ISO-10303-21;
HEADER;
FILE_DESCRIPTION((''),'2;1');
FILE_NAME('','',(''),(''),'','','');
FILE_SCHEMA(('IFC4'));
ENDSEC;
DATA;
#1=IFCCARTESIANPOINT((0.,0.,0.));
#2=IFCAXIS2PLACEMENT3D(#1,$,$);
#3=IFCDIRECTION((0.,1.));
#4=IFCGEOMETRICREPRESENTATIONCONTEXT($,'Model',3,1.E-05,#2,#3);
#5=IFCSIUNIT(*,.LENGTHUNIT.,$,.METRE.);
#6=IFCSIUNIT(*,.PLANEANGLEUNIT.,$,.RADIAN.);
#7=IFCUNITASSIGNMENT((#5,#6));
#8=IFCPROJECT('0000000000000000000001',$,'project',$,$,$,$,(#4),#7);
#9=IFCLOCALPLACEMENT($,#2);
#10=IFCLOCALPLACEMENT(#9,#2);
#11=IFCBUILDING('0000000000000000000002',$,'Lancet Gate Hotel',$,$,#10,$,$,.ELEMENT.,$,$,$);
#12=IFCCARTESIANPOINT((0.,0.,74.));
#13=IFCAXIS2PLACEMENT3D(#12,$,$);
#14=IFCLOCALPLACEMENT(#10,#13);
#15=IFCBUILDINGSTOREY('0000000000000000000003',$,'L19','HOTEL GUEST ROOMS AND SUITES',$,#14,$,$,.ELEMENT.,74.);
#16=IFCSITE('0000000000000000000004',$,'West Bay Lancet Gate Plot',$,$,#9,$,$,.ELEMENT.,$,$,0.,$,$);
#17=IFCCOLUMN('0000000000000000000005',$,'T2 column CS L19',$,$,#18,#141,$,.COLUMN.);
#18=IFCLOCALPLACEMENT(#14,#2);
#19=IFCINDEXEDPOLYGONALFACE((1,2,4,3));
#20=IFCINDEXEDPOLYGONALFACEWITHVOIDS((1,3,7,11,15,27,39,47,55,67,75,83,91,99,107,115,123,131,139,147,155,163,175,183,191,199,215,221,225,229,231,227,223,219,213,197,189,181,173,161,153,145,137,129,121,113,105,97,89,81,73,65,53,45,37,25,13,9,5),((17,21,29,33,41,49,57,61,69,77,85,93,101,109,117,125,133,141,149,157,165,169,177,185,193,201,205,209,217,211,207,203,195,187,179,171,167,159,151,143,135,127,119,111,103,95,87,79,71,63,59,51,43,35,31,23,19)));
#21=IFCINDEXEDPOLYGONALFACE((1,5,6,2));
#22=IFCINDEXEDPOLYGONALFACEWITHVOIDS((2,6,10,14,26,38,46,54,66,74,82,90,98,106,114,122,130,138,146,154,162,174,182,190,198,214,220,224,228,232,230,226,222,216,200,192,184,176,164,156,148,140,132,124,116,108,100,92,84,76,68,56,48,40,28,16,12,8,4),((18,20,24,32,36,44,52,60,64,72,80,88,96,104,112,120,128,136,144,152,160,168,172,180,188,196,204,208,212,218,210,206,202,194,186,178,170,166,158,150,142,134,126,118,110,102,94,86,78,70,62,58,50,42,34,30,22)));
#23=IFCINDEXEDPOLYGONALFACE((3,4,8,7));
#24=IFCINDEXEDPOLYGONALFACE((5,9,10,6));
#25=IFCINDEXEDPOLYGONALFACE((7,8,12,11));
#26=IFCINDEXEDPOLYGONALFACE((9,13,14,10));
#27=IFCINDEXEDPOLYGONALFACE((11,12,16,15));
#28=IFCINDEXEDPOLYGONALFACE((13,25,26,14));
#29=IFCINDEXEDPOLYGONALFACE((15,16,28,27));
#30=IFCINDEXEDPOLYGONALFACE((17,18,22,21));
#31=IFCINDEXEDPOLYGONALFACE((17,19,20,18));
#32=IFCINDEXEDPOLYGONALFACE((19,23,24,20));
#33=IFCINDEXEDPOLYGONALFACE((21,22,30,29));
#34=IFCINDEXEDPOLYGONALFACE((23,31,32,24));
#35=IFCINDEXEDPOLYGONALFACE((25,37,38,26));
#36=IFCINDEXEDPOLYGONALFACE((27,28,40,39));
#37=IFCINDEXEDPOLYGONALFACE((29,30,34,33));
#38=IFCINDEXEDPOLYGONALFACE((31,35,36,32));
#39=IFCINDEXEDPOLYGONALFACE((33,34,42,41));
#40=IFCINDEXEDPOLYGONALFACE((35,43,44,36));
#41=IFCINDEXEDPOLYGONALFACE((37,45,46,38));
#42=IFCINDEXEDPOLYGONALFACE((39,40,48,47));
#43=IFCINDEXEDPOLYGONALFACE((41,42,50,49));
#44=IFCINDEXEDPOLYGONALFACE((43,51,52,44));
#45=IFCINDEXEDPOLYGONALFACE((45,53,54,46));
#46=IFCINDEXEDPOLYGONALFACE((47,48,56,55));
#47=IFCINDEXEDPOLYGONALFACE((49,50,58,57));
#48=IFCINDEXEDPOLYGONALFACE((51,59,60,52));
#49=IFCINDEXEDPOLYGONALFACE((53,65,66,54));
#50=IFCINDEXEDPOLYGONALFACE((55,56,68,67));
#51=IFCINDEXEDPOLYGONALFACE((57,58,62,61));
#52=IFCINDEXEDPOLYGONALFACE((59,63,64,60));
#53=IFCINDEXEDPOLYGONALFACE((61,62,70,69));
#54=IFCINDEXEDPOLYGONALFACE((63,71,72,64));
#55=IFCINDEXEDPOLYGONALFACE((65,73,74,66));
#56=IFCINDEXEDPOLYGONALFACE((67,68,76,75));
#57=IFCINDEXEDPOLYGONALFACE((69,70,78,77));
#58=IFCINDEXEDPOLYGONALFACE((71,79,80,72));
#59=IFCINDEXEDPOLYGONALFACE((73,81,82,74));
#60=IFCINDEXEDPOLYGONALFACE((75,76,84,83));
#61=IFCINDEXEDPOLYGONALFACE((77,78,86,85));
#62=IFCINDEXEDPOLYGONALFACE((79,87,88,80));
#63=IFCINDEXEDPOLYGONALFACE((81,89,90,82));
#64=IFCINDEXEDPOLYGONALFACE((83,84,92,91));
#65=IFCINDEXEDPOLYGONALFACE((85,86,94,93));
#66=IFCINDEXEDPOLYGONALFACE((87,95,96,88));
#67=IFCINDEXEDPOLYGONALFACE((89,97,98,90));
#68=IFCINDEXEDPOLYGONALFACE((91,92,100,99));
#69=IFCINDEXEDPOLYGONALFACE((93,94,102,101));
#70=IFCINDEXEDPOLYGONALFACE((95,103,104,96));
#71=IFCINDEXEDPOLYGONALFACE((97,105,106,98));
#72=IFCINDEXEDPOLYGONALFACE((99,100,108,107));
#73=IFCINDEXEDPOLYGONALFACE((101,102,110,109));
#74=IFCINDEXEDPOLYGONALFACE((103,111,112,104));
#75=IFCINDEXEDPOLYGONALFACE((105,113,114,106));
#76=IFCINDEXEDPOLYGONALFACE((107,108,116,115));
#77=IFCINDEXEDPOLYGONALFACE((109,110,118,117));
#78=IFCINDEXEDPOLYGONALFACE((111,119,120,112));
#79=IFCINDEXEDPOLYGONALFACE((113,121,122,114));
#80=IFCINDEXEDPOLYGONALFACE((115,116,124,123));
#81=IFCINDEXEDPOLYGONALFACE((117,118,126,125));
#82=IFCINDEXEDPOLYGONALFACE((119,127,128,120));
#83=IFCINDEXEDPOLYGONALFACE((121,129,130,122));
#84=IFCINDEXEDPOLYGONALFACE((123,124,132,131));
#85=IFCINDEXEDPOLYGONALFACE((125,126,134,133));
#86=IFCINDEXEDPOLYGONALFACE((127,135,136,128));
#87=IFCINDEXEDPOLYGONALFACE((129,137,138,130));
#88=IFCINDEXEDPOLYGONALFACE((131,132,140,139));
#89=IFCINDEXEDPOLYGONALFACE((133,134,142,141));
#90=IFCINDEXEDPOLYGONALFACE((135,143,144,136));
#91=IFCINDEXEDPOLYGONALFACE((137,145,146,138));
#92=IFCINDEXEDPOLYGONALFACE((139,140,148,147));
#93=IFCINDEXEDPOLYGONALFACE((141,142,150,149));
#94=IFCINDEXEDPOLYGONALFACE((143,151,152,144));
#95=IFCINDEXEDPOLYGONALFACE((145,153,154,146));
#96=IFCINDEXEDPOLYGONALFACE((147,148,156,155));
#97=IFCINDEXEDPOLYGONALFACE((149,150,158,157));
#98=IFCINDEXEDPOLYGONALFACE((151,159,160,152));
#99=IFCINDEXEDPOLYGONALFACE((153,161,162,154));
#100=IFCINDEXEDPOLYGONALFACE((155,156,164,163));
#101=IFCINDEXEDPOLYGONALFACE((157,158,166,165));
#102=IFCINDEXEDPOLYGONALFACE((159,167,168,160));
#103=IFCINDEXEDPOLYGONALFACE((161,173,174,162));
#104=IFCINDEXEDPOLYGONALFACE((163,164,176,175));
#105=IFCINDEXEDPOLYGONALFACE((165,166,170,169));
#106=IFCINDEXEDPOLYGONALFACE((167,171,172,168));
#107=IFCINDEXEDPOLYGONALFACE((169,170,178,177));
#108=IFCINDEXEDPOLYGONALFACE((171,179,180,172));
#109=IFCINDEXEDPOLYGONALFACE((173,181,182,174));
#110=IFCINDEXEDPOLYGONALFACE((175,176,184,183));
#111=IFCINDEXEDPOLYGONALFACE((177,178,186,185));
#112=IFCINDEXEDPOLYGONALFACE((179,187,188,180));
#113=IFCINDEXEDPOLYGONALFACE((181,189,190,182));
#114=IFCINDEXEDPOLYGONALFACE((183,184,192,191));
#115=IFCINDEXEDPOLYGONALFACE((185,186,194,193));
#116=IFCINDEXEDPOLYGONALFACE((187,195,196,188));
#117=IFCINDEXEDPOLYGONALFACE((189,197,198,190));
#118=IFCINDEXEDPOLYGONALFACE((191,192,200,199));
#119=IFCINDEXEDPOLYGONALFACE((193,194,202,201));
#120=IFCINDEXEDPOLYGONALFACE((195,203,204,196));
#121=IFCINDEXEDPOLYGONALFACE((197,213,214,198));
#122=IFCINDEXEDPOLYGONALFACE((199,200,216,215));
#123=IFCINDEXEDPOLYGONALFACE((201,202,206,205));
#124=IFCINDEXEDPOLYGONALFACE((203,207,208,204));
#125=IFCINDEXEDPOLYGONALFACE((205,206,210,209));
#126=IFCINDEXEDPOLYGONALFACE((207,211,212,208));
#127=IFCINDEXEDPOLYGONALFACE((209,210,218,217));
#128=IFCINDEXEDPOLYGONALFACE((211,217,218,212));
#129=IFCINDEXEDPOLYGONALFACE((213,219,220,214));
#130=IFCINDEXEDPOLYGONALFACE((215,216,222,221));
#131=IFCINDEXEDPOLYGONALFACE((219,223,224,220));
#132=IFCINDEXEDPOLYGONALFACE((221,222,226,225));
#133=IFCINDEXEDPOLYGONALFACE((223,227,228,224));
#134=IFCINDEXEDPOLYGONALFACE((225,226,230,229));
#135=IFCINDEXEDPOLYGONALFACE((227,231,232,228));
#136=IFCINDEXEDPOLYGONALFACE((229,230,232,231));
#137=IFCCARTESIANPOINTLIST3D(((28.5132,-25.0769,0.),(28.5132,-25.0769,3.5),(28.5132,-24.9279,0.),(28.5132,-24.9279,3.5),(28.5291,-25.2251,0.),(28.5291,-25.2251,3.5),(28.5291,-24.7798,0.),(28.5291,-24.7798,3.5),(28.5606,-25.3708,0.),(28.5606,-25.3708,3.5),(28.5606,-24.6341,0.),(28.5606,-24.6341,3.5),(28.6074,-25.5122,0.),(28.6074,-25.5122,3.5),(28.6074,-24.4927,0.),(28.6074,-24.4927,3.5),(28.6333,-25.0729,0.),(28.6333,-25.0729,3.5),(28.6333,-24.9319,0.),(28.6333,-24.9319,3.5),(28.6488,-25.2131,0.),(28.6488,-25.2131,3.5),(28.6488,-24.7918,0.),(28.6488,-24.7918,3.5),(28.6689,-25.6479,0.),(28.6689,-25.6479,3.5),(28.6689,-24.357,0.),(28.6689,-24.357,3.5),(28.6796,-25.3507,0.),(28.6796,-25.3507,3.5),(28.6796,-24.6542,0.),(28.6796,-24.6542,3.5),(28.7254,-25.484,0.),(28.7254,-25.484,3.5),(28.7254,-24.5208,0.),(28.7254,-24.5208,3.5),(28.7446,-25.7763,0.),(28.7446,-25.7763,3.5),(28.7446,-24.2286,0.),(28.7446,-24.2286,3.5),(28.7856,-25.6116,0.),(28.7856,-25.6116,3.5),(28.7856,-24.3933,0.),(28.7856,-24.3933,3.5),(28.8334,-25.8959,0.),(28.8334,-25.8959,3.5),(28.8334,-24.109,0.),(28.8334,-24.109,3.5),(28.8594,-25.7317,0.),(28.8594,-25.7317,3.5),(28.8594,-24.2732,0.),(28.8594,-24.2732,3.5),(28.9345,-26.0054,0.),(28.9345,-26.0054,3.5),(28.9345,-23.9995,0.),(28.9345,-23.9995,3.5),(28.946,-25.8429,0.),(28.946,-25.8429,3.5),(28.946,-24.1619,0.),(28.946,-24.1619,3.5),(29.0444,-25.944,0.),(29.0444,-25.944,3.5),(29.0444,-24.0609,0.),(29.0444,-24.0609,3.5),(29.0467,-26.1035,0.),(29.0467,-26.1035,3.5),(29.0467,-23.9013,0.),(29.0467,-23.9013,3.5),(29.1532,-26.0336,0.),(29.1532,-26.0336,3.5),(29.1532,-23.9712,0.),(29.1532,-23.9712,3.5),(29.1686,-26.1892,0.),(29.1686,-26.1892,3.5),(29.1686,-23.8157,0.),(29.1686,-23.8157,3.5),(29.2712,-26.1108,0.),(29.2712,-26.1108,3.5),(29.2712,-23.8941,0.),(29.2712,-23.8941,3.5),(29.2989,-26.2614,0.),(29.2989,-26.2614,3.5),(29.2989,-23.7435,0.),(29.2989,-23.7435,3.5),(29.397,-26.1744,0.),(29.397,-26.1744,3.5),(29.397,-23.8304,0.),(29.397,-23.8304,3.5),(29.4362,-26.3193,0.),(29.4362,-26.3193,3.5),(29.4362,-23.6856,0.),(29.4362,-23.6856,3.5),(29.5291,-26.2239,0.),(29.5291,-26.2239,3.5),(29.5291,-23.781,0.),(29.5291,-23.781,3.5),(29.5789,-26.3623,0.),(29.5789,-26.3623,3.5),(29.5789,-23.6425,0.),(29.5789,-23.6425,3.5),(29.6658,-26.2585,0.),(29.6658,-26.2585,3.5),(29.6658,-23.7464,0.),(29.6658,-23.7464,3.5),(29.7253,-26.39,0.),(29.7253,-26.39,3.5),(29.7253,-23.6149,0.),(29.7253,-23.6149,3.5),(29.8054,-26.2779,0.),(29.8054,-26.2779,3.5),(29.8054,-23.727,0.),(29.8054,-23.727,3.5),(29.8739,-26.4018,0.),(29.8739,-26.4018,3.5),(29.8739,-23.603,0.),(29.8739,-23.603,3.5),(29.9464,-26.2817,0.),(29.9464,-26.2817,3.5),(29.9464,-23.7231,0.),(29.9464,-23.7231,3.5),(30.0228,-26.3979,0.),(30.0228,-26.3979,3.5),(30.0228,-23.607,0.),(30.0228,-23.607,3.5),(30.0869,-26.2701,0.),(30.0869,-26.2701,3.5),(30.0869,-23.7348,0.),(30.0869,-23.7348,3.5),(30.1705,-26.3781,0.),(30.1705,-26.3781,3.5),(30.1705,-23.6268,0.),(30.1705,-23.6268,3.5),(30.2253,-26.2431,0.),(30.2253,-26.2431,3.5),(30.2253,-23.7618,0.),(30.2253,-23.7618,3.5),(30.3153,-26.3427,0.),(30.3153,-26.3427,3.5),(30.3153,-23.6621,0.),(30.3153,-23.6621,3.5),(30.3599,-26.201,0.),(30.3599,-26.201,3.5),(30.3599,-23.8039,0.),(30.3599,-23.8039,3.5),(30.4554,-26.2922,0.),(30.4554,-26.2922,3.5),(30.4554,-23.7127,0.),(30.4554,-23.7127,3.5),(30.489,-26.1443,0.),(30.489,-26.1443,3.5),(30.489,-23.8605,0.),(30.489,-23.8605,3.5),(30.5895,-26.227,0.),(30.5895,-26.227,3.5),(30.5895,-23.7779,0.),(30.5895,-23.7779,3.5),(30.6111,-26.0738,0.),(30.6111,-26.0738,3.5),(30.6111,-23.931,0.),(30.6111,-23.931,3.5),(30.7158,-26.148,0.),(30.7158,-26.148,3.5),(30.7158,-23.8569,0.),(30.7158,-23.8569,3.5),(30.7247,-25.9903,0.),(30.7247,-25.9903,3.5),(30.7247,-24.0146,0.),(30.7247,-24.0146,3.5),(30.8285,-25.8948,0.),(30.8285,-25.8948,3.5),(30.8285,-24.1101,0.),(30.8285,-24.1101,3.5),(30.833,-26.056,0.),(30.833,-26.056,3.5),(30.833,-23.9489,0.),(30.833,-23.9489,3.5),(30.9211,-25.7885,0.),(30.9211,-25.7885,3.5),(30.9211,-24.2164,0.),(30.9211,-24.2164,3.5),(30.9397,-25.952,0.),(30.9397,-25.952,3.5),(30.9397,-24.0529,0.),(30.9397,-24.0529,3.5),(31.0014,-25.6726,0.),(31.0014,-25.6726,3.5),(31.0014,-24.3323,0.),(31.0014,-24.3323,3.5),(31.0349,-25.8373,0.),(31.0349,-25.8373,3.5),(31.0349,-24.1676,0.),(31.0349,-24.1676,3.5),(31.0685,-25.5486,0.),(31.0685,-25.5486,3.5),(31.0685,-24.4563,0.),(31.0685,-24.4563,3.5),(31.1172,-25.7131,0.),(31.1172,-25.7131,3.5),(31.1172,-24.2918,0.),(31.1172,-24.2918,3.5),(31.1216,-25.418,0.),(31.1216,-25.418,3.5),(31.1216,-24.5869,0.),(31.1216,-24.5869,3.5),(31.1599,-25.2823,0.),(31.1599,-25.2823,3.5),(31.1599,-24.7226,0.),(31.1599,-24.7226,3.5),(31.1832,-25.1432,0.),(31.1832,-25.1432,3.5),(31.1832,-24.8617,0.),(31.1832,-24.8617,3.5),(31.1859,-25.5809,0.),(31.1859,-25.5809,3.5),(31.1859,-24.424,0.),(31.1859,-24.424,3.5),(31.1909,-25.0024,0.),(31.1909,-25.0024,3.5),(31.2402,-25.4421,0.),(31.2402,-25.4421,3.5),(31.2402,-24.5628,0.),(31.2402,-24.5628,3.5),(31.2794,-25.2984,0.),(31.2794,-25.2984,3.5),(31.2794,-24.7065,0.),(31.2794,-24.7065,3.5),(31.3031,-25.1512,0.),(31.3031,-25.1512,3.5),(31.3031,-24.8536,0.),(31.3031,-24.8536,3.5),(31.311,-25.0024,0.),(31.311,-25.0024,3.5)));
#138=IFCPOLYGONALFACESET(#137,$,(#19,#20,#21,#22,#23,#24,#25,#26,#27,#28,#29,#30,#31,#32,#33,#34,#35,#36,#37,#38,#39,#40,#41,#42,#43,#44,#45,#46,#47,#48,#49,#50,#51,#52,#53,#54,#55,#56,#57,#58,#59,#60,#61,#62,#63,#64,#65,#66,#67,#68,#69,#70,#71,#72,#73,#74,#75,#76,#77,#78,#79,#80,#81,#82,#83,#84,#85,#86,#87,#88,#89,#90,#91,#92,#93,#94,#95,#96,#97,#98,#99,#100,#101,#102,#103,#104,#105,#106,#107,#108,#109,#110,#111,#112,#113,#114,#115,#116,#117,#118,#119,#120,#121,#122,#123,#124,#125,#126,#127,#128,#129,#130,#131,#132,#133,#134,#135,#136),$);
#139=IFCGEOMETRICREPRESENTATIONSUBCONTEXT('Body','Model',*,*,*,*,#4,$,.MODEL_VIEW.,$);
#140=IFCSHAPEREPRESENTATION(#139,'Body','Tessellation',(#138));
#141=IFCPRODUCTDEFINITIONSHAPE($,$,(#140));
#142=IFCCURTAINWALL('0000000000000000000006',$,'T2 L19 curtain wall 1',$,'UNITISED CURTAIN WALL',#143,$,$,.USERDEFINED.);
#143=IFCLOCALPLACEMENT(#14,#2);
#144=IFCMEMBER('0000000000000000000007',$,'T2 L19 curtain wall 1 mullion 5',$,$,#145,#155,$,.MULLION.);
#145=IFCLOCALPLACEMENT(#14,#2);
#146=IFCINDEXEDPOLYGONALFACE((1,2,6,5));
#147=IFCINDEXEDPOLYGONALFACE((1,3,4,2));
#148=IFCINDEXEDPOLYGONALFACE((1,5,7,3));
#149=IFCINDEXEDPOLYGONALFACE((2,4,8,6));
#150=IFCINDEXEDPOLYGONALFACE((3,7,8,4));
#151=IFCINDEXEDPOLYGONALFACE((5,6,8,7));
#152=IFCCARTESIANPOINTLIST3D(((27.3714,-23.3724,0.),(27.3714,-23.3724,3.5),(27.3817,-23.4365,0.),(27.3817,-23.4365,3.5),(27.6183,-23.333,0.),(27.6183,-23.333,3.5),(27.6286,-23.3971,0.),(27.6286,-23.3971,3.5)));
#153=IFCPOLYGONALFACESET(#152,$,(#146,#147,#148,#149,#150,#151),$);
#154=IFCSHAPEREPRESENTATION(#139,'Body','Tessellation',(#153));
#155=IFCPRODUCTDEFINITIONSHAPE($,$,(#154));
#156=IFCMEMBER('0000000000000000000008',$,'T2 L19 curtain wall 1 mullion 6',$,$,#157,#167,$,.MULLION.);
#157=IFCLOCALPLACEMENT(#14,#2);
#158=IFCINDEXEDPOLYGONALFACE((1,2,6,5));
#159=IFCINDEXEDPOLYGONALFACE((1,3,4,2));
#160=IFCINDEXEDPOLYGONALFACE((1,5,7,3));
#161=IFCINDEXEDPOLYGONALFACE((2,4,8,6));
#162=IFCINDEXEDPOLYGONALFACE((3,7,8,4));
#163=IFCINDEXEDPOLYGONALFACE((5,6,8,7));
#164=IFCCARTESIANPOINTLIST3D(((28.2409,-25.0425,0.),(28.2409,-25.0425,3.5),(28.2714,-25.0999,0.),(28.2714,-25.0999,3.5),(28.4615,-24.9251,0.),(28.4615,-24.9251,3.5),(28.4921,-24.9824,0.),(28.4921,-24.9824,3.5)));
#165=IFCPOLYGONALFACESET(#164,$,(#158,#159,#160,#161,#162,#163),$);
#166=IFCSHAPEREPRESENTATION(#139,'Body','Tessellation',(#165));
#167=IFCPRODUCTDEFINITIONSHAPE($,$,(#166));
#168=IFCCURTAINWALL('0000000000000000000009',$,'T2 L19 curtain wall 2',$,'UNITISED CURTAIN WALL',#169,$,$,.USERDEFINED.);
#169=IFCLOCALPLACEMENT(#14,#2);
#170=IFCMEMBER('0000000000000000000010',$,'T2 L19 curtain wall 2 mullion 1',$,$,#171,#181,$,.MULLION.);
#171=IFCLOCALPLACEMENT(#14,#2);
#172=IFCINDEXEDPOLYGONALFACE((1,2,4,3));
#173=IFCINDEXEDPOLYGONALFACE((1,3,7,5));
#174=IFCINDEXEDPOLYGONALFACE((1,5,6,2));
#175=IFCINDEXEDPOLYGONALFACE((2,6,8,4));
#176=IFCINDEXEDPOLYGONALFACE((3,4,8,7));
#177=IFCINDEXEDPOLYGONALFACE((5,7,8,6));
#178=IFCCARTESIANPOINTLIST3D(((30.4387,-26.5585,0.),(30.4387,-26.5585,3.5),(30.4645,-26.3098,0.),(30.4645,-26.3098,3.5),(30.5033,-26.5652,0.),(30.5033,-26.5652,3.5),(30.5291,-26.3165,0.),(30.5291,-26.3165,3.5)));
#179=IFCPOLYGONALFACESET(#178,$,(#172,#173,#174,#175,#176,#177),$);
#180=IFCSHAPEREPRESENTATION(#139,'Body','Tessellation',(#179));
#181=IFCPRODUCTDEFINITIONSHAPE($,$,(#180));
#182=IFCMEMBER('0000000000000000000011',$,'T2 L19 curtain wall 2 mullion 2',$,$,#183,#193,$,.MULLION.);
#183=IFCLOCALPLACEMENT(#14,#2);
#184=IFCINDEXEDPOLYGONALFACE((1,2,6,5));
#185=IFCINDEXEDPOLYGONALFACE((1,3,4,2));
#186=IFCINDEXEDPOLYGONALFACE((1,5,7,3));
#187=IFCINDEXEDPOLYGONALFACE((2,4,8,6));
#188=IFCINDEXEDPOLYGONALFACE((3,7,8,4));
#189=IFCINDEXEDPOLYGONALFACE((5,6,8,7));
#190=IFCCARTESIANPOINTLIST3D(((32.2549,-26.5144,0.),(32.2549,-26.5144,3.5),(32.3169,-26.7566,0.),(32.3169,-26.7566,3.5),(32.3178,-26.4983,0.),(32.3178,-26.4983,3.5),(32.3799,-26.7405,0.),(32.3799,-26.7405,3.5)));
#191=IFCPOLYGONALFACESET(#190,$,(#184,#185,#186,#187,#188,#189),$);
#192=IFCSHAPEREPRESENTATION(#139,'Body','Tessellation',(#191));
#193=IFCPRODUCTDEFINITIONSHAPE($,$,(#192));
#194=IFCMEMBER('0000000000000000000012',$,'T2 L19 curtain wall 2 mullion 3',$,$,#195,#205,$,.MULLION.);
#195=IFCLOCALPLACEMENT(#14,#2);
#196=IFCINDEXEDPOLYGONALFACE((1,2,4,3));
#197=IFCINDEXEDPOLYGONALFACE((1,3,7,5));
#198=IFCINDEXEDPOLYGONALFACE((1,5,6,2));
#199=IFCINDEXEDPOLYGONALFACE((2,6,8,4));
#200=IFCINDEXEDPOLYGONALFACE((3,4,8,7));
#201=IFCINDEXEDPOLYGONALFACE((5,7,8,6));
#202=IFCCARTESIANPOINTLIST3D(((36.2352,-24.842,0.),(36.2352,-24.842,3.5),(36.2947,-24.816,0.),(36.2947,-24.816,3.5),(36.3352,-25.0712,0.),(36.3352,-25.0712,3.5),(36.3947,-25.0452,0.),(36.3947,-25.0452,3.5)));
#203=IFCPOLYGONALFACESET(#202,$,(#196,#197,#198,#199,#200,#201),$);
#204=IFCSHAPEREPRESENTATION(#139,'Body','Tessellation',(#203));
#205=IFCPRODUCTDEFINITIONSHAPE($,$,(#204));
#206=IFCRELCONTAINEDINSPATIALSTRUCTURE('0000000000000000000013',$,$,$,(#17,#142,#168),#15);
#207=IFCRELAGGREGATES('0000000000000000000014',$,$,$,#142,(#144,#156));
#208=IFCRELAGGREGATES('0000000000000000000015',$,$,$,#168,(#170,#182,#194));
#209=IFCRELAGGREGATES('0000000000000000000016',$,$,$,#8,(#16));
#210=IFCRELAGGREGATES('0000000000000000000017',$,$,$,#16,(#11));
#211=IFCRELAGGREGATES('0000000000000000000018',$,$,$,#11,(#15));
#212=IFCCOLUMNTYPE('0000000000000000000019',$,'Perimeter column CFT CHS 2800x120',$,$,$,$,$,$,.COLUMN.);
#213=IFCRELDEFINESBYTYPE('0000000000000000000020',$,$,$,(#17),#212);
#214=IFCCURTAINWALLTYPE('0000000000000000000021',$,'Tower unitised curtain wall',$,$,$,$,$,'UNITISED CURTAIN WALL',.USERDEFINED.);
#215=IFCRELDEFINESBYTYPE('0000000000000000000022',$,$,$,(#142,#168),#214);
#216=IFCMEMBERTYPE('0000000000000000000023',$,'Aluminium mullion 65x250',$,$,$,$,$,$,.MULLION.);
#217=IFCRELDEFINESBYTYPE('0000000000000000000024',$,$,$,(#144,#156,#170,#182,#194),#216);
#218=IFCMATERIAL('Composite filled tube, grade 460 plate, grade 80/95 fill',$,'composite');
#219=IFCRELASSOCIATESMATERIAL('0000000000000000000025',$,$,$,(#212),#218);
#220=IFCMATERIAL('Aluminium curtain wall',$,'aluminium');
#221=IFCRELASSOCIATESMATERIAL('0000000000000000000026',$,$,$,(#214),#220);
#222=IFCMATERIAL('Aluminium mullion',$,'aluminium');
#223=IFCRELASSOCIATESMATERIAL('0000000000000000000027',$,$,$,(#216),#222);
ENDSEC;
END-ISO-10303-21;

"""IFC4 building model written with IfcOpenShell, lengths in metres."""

from ifc_helpers import new_model, si_unit, direction, frame, origin, origin_2d, place, context, subcontext, project, spatial, rectangle, hollow_circle, extrude, material, material_profile, profile_set, type_object, element, aggregate, save


model = new_model("IFC4")

# Units and contexts
model_context = context("Model", 3, precision=1e-05, world=origin(), true_north=direction((0.0, 1.0)))
body_context = subcontext(model_context, "Body", "Model", "MODEL_VIEW")
ifc_project = project(units=[si_unit("LENGTHUNIT", "METRE"), si_unit("PLANEANGLEUNIT", "RADIAN")], contexts=[model_context])

# Site, building, storey
site_placement = place(None, origin())
site = spatial("IfcSite", under=ifc_project, at=site_placement, Name="West Bay Lancet Gate Plot", CompositionType="ELEMENT", RefElevation=0.0)
building_placement = place(site_placement, origin())
building = spatial("IfcBuilding", under=site, at=building_placement, Name="Lancet Gate Hotel", CompositionType="ELEMENT")
storey_placement = place(building_placement, frame((0.0, 0.0, 74.0)))
storey = spatial("IfcBuildingStorey", under=building, at=storey_placement, Name="L19", Description="HOTEL GUEST ROOMS AND SUITES", CompositionType="ELEMENT", Elevation=74.0)

# Column
ifc_material_1 = material(Name="Composite filled tube, grade 460 plate, grade 80/95 fill", Category="composite")
ifc_material_profile_1 = material_profile(ifc_material_1, hollow_circle(Radius=1.3999, WallThickness=0.1201, at=origin_2d()), Name="CHS 2800x120")
ifc_profile_set_1 = profile_set([ifc_material_profile_1], Name="Composite filled tube, grade 460 plate, grade 80/95 fill")
column_type = type_object("IfcColumnType", Name="Perimeter column CFT CHS 2800x120", PredefinedType="COLUMN", material=ifc_profile_set_1)
column_placement = place(storey_placement, frame((29.9111, -25.0024, 0.0), z_axis=(0.0, 0.0, 1.0), x_axis=(1.0, 0.0, 0.0)))
element("IfcColumn", 1, at=column_placement, inside=storey, type_object=column_type, Name="T2 column CS L19", PredefinedType="COLUMN", context=body_context, shape_type="SweptSolid", body=[
    extrude(hollow_circle(Radius=1.3999, WallThickness=0.1201, at=origin_2d()), origin(), (0.0, 0.0, 1.0), 3.5),
])

# Curtain walls, members
ifc_material_2 = material(Name="Aluminium curtain wall", Category="aluminium")
curtain_wall_type = type_object("IfcCurtainWallType", Name="Tower unitised curtain wall", ElementType="UNITISED CURTAIN WALL", PredefinedType="USERDEFINED", material=ifc_material_2)
curtain_wall_1_placement = place(storey_placement, origin())
curtain_wall_1 = element("IfcCurtainWall", 2, at=curtain_wall_1_placement, inside=storey, type_object=curtain_wall_type, Name="T2 L19 curtain wall 1", ObjectType="UNITISED CURTAIN WALL", PredefinedType="USERDEFINED")
ifc_material_3 = material(Name="Aluminium mullion", Category="aluminium")
ifc_material_profile_2 = material_profile(ifc_material_3, rectangle(XDim=0.0649, YDim=0.25, at=origin_2d()), Name="MULLION 65x250")
ifc_profile_set_2 = profile_set([ifc_material_profile_2], Name="Aluminium mullion")
member_type_1 = type_object("IfcMemberType", Name="Aluminium mullion 65x250", PredefinedType="MULLION", material=ifc_profile_set_2)
member_1_placement = place(storey_placement, frame((27.5, -23.3848, 0.0), z_axis=(0.0, 0.0, 1.0), x_axis=(0.157752, -0.987479, 0.0)))
member_1 = element("IfcMember", 3, at=member_1_placement, type_object=member_type_1, Name="T2 L19 curtain wall 1 mullion 5", PredefinedType="MULLION", context=body_context, shape_type="SweptSolid", body=[
    extrude(rectangle(XDim=0.0649, YDim=0.25, at=origin_2d()), origin(), (0.0, 0.0, 1.0), 3.5),
])
member_2_placement = place(storey_placement, frame((28.3665, -25.0125, 0.0), z_axis=(0.0, 0.0, 1.0), x_axis=(0.469898, -0.882721, 0.0)))
member_2 = element("IfcMember", 4, at=member_2_placement, type_object=member_type_1, Name="T2 L19 curtain wall 1 mullion 6", PredefinedType="MULLION", context=body_context, shape_type="SweptSolid", body=[
    extrude(rectangle(XDim=0.0649, YDim=0.25, at=origin_2d()), origin(), (0.0, 0.0, 1.0), 3.5),
])
curtain_wall_2_placement = place(storey_placement, origin())
curtain_wall_2 = element("IfcCurtainWall", 5, at=curtain_wall_2_placement, inside=storey, type_object=curtain_wall_type, Name="T2 L19 curtain wall 2", ObjectType="UNITISED CURTAIN WALL", PredefinedType="USERDEFINED")
member_3_placement = place(storey_placement, frame((30.4839, -26.4375, 0.0), z_axis=(0.0, 0.0, 1.0), x_axis=(0.994672, -0.103088, 0.0)))
member_3 = element("IfcMember", 6, at=member_3_placement, type_object=member_type_1, Name="T2 L19 curtain wall 2 mullion 1", PredefinedType="MULLION", context=body_context, shape_type="SweptSolid", body=[
    extrude(rectangle(XDim=0.0649, YDim=0.25, at=origin_2d()), origin(), (0.0, 0.0, 1.0), 3.5),
])
member_4_placement = place(storey_placement, frame((32.3174, -26.6274, 0.0), z_axis=(0.0, 0.0, 1.0), x_axis=(0.968721, 0.24815, 0.0)))
member_4 = element("IfcMember", 7, at=member_4_placement, type_object=member_type_1, Name="T2 L19 curtain wall 2 mullion 2", PredefinedType="MULLION", context=body_context, shape_type="SweptSolid", body=[
    extrude(rectangle(XDim=0.0649, YDim=0.25, at=origin_2d()), origin(), (0.0, 0.0, 1.0), 3.5),
])
member_5_placement = place(storey_placement, frame((36.3149, -24.9436, 0.0), z_axis=(0.0, 0.0, 1.0), x_axis=(0.916579, 0.399854, 0.0)))
member_5 = element("IfcMember", 8, at=member_5_placement, type_object=member_type_1, Name="T2 L19 curtain wall 2 mullion 3", PredefinedType="MULLION", context=body_context, shape_type="SweptSolid", body=[
    extrude(rectangle(XDim=0.0649, YDim=0.25, at=origin_2d()), origin(), (0.0, 0.0, 1.0), 3.5),
])

aggregate(curtain_wall_1, [member_1, member_2])
aggregate(curtain_wall_2, [member_3, member_4, member_5])

save(model, "model.ifc")
